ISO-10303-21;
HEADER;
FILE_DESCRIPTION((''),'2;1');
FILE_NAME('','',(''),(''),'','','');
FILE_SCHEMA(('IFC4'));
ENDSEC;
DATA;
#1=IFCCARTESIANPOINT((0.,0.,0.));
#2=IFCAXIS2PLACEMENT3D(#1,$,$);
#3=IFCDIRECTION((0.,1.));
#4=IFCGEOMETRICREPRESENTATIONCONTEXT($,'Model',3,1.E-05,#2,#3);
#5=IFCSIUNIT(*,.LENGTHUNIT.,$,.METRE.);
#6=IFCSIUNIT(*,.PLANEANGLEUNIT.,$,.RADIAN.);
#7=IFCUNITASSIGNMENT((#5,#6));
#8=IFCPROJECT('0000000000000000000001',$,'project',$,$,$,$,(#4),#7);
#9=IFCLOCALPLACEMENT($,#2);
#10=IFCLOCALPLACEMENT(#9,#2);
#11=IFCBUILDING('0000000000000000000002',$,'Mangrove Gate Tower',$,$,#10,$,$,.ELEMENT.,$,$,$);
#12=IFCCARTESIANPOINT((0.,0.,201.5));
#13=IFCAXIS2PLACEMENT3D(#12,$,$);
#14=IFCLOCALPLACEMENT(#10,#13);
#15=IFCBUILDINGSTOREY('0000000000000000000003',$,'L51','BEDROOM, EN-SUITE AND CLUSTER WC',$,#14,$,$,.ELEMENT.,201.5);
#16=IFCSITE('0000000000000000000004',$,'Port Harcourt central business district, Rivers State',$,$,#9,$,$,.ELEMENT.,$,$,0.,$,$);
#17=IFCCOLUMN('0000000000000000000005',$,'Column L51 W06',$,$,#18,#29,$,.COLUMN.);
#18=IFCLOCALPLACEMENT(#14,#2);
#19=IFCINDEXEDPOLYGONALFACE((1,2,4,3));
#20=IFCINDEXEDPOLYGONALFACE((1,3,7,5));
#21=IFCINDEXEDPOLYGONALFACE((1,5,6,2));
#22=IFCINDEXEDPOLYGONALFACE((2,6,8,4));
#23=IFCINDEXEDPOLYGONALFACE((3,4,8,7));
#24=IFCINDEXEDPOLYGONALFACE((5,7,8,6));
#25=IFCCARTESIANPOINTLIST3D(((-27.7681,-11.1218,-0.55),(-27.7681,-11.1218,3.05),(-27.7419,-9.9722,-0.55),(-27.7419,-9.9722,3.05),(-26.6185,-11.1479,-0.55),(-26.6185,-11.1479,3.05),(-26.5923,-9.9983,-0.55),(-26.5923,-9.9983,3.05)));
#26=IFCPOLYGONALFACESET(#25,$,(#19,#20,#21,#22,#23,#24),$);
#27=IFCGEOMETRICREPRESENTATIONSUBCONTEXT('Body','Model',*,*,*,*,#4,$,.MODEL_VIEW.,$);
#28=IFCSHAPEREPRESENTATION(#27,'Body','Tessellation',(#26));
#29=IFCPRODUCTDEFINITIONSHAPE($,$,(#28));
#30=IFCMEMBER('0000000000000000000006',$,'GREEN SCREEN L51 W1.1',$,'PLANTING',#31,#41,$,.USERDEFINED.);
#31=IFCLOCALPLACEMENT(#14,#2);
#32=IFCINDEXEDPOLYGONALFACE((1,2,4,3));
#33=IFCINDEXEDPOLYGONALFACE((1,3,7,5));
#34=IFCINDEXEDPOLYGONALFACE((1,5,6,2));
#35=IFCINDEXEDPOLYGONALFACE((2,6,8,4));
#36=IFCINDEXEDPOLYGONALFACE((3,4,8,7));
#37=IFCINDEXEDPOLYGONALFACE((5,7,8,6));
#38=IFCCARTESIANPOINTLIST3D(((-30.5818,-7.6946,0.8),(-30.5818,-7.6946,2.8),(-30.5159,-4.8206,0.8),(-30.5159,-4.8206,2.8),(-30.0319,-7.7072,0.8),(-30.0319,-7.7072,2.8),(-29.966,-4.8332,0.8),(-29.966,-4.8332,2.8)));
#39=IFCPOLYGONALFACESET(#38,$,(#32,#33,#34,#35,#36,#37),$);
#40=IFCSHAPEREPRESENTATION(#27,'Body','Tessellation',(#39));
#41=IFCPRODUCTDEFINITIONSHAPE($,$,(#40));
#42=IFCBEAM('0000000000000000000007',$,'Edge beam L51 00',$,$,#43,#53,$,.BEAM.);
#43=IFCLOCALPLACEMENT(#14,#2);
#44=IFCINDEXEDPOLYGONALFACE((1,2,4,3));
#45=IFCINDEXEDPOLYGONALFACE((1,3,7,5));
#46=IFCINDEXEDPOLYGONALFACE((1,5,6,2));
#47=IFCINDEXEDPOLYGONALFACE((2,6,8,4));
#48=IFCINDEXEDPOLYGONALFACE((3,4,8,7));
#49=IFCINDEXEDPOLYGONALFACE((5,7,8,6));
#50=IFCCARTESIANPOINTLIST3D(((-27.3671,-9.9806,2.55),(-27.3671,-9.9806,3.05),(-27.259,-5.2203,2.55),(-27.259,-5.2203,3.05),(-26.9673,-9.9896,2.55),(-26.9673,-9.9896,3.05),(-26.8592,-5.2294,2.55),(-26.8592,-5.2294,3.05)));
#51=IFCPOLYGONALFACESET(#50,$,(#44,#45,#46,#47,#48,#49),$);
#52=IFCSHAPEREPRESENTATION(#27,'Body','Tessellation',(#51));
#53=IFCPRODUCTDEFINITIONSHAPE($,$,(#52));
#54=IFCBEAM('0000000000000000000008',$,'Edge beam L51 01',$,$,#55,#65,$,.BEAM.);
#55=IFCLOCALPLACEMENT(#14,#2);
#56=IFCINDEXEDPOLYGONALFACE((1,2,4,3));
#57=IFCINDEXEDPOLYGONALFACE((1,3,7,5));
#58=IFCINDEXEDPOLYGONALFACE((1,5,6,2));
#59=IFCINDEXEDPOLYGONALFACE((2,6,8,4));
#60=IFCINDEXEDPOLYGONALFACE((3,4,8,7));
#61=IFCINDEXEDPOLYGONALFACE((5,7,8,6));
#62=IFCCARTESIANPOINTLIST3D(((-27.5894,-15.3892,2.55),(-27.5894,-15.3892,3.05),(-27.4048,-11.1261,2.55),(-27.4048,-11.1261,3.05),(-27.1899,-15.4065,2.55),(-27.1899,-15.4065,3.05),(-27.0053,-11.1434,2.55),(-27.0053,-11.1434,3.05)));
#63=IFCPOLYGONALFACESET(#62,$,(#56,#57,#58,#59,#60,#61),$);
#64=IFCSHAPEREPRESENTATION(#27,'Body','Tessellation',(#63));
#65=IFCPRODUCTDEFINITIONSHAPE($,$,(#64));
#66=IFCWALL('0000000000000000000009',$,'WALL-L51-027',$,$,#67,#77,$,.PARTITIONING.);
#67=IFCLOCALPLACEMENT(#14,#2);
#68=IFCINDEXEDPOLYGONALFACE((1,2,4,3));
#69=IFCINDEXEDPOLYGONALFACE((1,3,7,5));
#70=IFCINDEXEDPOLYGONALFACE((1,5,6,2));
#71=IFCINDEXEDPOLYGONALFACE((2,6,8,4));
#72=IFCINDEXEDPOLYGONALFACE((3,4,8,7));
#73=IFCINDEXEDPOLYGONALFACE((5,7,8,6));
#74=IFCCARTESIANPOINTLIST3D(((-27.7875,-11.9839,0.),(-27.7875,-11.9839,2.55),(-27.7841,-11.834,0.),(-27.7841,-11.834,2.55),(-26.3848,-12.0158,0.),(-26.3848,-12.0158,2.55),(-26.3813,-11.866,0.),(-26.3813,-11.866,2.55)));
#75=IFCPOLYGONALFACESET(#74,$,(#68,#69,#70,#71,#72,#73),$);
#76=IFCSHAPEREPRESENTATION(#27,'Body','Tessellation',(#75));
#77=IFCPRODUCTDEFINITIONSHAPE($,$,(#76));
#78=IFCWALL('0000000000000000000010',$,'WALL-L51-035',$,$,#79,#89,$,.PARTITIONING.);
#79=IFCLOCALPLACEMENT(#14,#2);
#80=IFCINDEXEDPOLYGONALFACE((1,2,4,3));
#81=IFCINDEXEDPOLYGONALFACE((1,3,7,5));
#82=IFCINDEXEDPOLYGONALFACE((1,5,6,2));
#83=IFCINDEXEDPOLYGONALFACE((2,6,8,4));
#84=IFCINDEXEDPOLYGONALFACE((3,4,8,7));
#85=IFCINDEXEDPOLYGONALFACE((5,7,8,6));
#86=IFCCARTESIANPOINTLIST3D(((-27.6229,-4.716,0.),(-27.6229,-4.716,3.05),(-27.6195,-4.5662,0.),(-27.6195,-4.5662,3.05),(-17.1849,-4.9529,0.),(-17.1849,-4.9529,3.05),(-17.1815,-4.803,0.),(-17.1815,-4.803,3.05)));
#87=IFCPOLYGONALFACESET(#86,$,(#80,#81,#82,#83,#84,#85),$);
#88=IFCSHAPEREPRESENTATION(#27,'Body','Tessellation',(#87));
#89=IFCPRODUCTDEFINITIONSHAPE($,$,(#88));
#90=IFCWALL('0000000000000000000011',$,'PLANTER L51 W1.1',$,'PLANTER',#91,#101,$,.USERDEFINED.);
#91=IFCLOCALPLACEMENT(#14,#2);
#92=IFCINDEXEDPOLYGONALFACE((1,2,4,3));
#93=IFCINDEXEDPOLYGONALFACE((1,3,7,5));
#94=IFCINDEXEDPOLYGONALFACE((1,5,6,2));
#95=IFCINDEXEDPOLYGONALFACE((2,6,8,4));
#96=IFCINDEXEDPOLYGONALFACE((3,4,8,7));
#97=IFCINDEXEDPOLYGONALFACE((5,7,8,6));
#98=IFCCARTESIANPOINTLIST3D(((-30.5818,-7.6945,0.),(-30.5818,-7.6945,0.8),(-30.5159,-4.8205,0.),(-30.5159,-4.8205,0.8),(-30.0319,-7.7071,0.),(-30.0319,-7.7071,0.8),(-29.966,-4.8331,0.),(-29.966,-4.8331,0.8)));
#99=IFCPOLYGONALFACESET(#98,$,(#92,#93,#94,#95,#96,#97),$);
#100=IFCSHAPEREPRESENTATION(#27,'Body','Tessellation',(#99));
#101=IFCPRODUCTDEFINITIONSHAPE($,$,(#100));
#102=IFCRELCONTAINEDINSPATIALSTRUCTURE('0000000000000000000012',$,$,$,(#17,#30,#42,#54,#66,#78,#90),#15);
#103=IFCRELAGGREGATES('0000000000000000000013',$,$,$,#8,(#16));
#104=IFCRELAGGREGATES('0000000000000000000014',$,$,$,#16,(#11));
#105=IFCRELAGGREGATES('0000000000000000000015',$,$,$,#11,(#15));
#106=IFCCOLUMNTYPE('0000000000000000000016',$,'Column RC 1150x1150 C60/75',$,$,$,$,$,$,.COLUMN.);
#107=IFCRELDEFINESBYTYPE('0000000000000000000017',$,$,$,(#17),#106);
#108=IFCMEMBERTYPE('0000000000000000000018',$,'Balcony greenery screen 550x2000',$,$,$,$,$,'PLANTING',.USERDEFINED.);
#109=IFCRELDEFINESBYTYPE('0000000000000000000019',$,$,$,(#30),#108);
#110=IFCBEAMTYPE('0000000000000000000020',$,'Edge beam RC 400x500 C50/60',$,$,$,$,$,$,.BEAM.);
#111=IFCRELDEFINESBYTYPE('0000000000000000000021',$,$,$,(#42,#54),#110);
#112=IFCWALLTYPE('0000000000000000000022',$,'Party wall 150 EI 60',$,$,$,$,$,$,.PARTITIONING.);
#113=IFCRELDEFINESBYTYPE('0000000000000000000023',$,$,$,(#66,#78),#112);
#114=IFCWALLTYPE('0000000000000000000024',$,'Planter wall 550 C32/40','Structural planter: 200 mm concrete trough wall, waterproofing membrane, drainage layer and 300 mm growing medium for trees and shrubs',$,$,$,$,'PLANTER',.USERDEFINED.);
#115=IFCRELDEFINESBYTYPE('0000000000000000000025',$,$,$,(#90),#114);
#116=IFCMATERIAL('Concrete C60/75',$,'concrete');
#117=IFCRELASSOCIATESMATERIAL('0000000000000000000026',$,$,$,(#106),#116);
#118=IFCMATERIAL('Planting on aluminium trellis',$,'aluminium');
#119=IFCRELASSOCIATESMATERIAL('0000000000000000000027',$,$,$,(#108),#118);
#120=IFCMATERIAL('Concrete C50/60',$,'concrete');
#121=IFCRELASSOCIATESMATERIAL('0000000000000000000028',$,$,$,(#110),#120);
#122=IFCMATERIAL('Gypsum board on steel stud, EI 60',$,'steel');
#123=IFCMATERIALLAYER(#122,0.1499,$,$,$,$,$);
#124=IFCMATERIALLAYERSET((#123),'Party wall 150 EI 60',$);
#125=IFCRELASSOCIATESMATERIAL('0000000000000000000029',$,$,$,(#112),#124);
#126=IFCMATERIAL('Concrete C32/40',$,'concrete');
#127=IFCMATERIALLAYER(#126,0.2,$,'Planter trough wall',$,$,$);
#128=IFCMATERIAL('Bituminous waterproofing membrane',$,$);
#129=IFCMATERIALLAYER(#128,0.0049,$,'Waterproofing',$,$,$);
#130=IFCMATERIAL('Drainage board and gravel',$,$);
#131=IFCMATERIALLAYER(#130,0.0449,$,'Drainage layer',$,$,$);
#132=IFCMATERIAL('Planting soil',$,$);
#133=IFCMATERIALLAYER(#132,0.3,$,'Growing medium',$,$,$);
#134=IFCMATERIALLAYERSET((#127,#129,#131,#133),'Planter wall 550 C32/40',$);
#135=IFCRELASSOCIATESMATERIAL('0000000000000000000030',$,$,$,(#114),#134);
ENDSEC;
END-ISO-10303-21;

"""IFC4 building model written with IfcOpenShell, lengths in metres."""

from ifc_helpers import new_model, si_unit, direction, frame, frame_2d, origin, origin_2d, place, context, subcontext, project, spatial, rectangle, extrude, material, layer, layer_set, material_profile, profile_set, type_object, element, save


model = new_model("IFC4")

# Units and contexts
model_context = context("Model", 3, precision=1e-05, world=origin(), true_north=direction((0.0, 1.0)))
body_context = subcontext(model_context, "Body", "Model", "MODEL_VIEW")
ifc_project = project(units=[si_unit("LENGTHUNIT", "METRE"), si_unit("PLANEANGLEUNIT", "RADIAN")], contexts=[model_context])

# Site, building, storey
site_placement = place(None, origin())
site = spatial("IfcSite", under=ifc_project, at=site_placement, Name="Port Harcourt central business district, Rivers State", CompositionType="ELEMENT", RefElevation=0.0)
building_placement = place(site_placement, origin())
building = spatial("IfcBuilding", under=site, at=building_placement, Name="Mangrove Gate Tower", CompositionType="ELEMENT")
storey_placement = place(building_placement, frame((0.0, 0.0, 201.5)))
storey = spatial("IfcBuildingStorey", under=building, at=storey_placement, Name="L51", Description="BEDROOM, EN-SUITE AND CLUSTER WC", CompositionType="ELEMENT", Elevation=201.5)

# Column
ifc_material_1 = material(Name="Concrete C60/75", Category="concrete")
ifc_material_profile_1 = material_profile(ifc_material_1, rectangle(XDim=1.1499, YDim=1.1499, at=origin_2d()))
ifc_profile_set_1 = profile_set([ifc_material_profile_1], Name="Concrete C60/75")
column_type = type_object("IfcColumnType", Name="Column RC 1150x1150 C60/75", PredefinedType="COLUMN", material=ifc_profile_set_1)
column_placement = place(storey_placement, frame((-27.1802, -10.5601, -0.55), z_axis=(0.0, 0.0, 1.0), x_axis=(-0.02275, -0.999741, 0.0)))
element("IfcColumn", 1, at=column_placement, inside=storey, type_object=column_type, Name="Column L51 W06", PredefinedType="COLUMN", context=body_context, shape_type="SweptSolid", body=[
    extrude(rectangle(XDim=1.1499, YDim=1.1499, at=origin_2d()), origin(), (0.0, 0.0, 1.0), 3.6001),
])

# Member
ifc_material_2 = material(Name="Planting on aluminium trellis", Category="aluminium")
ifc_material_profile_2 = material_profile(ifc_material_2, rectangle(XDim=0.55, YDim=2.0, at=origin_2d()))
ifc_profile_set_2 = profile_set([ifc_material_profile_2], Name="Planting on aluminium trellis")
member_type = type_object("IfcMemberType", Name="Balcony greenery screen 550x2000", ElementType="PLANTING", PredefinedType="USERDEFINED", material=ifc_profile_set_2)
member_placement = place(storey_placement, frame((-30.3069, -7.7009, 1.8), z_axis=(0.02293, 0.999737, 0.0), x_axis=(-0.999737, 0.02293, 0.0)))
element("IfcMember", 2, at=member_placement, inside=storey, type_object=member_type, Name="GREEN SCREEN L51 W1.1", ObjectType="PLANTING", PredefinedType="USERDEFINED", context=body_context, shape_type="SweptSolid", body=[
    extrude(rectangle(XDim=0.55, YDim=2.0, at=origin_2d()), origin(), (0.0, 0.0, 1.0), 2.8748),
])

# Beams
ifc_material_3 = material(Name="Concrete C50/60", Category="concrete")
ifc_material_profile_3 = material_profile(ifc_material_3, rectangle(XDim=0.3999, YDim=0.5, at=origin_2d()))
ifc_profile_set_3 = profile_set([ifc_material_profile_3], Name="Concrete C50/60")
beam_type = type_object("IfcBeamType", Name="Edge beam RC 400x500 C50/60", PredefinedType="BEAM", material=ifc_profile_set_3)
beam_1_placement = place(storey_placement, frame((-27.0591, -5.2249, 2.8), z_axis=(-0.022714, -0.999742, 0.0), x_axis=(0.999742, -0.022714, 0.0)))
element("IfcBeam", 3, at=beam_1_placement, inside=storey, type_object=beam_type, Name="Edge beam L51 00", PredefinedType="BEAM", context=body_context, shape_type="SweptSolid", body=[
    extrude(rectangle(XDim=0.3999, YDim=0.5, at=origin_2d()), origin(), (0.0, 0.0, 1.0), 4.7615),
])
beam_2_placement = place(storey_placement, frame((-27.2051, -11.1348, 2.8), z_axis=(-0.043253, -0.999064, 0.0), x_axis=(0.999064, -0.043253, 0.0)))
element("IfcBeam", 4, at=beam_2_placement, inside=storey, type_object=beam_type, Name="Edge beam L51 01", PredefinedType="BEAM", context=body_context, shape_type="SweptSolid", body=[
    extrude(rectangle(XDim=0.3999, YDim=0.5, at=origin_2d()), origin(), (0.0, 0.0, 1.0), 4.2671),
])

# Walls
ifc_material_4 = material(Name="Gypsum board on steel stud, EI 60", Category="steel")
ifc_layer_1 = layer(ifc_material_4, 0.1499)
ifc_layer_set_1 = layer_set([ifc_layer_1], Name="Party wall 150 EI 60")
wall_type_1 = type_object("IfcWallType", Name="Party wall 150 EI 60", PredefinedType="PARTITIONING", material=ifc_layer_set_1)
wall_1_placement = place(storey_placement, frame((-27.7859, -11.9089, 0.0), z_axis=(0.0, 0.0, 1.0), x_axis=(0.99974, -0.022793, 0.0)))
element("IfcWall", 5, at=wall_1_placement, inside=storey, type_object=wall_type_1, Name="WALL-L51-027", PredefinedType="PARTITIONING", context=body_context, shape_type="SweptSolid", body=[
    extrude(rectangle(XDim=1.4031, YDim=0.1499, at=frame_2d((0.7017, 0.0))), origin(), (0.0, 0.0, 1.0), 2.55),
])
wall_2_placement = place(storey_placement, frame((-27.6211, -4.6411, 0.0), z_axis=(0.0, 0.0, 1.0), x_axis=(0.999743, -0.022682, 0.0)))
element("IfcWall", 6, at=wall_2_placement, inside=storey, type_object=wall_type_1, Name="WALL-L51-035", PredefinedType="PARTITIONING", context=body_context, shape_type="SweptSolid", body=[
    extrude(rectangle(XDim=10.4407, YDim=0.1499, at=frame_2d((5.2202, 0.0))), origin(), (0.0, 0.0, 1.0), 3.05),
])
ifc_material_5 = material(Name="Concrete C32/40", Category="concrete")
ifc_layer_2 = layer(ifc_material_5, 0.2, Name="Planter trough wall")
ifc_material_6 = material(Name="Bituminous waterproofing membrane")
ifc_layer_3 = layer(ifc_material_6, 0.0049, Name="Waterproofing")
ifc_material_7 = material(Name="Drainage board and gravel")
ifc_layer_4 = layer(ifc_material_7, 0.0449, Name="Drainage layer")
ifc_material_8 = material(Name="Planting soil")
ifc_layer_5 = layer(ifc_material_8, 0.3, Name="Growing medium")
ifc_layer_set_2 = layer_set([ifc_layer_2, ifc_layer_3, ifc_layer_4, ifc_layer_5], Name="Planter wall 550 C32/40")
wall_type_2 = type_object("IfcWallType", Name="Planter wall 550 C32/40", Description="Structural planter: 200 mm concrete trough wall, waterproofing membrane, drainage layer and 300 mm growing medium for trees and shrubs", ElementType="PLANTER", PredefinedType="USERDEFINED", material=ifc_layer_set_2)
wall_3_placement = place(storey_placement, frame((-30.3069, -7.7009, 0.0), z_axis=(0.0, 0.0, 1.0), x_axis=(0.02293, 0.999737, 0.0)))
element("IfcWall", 7, at=wall_3_placement, inside=storey, type_object=wall_type_2, Name="PLANTER L51 W1.1", ObjectType="PLANTER", PredefinedType="USERDEFINED", context=body_context, shape_type="SweptSolid", body=[
    extrude(rectangle(XDim=2.8748, YDim=0.55, at=frame_2d((1.4375, 0.0))), origin(), (0.0, 0.0, 1.0), 0.8),
])

save(model, "model.ifc")
